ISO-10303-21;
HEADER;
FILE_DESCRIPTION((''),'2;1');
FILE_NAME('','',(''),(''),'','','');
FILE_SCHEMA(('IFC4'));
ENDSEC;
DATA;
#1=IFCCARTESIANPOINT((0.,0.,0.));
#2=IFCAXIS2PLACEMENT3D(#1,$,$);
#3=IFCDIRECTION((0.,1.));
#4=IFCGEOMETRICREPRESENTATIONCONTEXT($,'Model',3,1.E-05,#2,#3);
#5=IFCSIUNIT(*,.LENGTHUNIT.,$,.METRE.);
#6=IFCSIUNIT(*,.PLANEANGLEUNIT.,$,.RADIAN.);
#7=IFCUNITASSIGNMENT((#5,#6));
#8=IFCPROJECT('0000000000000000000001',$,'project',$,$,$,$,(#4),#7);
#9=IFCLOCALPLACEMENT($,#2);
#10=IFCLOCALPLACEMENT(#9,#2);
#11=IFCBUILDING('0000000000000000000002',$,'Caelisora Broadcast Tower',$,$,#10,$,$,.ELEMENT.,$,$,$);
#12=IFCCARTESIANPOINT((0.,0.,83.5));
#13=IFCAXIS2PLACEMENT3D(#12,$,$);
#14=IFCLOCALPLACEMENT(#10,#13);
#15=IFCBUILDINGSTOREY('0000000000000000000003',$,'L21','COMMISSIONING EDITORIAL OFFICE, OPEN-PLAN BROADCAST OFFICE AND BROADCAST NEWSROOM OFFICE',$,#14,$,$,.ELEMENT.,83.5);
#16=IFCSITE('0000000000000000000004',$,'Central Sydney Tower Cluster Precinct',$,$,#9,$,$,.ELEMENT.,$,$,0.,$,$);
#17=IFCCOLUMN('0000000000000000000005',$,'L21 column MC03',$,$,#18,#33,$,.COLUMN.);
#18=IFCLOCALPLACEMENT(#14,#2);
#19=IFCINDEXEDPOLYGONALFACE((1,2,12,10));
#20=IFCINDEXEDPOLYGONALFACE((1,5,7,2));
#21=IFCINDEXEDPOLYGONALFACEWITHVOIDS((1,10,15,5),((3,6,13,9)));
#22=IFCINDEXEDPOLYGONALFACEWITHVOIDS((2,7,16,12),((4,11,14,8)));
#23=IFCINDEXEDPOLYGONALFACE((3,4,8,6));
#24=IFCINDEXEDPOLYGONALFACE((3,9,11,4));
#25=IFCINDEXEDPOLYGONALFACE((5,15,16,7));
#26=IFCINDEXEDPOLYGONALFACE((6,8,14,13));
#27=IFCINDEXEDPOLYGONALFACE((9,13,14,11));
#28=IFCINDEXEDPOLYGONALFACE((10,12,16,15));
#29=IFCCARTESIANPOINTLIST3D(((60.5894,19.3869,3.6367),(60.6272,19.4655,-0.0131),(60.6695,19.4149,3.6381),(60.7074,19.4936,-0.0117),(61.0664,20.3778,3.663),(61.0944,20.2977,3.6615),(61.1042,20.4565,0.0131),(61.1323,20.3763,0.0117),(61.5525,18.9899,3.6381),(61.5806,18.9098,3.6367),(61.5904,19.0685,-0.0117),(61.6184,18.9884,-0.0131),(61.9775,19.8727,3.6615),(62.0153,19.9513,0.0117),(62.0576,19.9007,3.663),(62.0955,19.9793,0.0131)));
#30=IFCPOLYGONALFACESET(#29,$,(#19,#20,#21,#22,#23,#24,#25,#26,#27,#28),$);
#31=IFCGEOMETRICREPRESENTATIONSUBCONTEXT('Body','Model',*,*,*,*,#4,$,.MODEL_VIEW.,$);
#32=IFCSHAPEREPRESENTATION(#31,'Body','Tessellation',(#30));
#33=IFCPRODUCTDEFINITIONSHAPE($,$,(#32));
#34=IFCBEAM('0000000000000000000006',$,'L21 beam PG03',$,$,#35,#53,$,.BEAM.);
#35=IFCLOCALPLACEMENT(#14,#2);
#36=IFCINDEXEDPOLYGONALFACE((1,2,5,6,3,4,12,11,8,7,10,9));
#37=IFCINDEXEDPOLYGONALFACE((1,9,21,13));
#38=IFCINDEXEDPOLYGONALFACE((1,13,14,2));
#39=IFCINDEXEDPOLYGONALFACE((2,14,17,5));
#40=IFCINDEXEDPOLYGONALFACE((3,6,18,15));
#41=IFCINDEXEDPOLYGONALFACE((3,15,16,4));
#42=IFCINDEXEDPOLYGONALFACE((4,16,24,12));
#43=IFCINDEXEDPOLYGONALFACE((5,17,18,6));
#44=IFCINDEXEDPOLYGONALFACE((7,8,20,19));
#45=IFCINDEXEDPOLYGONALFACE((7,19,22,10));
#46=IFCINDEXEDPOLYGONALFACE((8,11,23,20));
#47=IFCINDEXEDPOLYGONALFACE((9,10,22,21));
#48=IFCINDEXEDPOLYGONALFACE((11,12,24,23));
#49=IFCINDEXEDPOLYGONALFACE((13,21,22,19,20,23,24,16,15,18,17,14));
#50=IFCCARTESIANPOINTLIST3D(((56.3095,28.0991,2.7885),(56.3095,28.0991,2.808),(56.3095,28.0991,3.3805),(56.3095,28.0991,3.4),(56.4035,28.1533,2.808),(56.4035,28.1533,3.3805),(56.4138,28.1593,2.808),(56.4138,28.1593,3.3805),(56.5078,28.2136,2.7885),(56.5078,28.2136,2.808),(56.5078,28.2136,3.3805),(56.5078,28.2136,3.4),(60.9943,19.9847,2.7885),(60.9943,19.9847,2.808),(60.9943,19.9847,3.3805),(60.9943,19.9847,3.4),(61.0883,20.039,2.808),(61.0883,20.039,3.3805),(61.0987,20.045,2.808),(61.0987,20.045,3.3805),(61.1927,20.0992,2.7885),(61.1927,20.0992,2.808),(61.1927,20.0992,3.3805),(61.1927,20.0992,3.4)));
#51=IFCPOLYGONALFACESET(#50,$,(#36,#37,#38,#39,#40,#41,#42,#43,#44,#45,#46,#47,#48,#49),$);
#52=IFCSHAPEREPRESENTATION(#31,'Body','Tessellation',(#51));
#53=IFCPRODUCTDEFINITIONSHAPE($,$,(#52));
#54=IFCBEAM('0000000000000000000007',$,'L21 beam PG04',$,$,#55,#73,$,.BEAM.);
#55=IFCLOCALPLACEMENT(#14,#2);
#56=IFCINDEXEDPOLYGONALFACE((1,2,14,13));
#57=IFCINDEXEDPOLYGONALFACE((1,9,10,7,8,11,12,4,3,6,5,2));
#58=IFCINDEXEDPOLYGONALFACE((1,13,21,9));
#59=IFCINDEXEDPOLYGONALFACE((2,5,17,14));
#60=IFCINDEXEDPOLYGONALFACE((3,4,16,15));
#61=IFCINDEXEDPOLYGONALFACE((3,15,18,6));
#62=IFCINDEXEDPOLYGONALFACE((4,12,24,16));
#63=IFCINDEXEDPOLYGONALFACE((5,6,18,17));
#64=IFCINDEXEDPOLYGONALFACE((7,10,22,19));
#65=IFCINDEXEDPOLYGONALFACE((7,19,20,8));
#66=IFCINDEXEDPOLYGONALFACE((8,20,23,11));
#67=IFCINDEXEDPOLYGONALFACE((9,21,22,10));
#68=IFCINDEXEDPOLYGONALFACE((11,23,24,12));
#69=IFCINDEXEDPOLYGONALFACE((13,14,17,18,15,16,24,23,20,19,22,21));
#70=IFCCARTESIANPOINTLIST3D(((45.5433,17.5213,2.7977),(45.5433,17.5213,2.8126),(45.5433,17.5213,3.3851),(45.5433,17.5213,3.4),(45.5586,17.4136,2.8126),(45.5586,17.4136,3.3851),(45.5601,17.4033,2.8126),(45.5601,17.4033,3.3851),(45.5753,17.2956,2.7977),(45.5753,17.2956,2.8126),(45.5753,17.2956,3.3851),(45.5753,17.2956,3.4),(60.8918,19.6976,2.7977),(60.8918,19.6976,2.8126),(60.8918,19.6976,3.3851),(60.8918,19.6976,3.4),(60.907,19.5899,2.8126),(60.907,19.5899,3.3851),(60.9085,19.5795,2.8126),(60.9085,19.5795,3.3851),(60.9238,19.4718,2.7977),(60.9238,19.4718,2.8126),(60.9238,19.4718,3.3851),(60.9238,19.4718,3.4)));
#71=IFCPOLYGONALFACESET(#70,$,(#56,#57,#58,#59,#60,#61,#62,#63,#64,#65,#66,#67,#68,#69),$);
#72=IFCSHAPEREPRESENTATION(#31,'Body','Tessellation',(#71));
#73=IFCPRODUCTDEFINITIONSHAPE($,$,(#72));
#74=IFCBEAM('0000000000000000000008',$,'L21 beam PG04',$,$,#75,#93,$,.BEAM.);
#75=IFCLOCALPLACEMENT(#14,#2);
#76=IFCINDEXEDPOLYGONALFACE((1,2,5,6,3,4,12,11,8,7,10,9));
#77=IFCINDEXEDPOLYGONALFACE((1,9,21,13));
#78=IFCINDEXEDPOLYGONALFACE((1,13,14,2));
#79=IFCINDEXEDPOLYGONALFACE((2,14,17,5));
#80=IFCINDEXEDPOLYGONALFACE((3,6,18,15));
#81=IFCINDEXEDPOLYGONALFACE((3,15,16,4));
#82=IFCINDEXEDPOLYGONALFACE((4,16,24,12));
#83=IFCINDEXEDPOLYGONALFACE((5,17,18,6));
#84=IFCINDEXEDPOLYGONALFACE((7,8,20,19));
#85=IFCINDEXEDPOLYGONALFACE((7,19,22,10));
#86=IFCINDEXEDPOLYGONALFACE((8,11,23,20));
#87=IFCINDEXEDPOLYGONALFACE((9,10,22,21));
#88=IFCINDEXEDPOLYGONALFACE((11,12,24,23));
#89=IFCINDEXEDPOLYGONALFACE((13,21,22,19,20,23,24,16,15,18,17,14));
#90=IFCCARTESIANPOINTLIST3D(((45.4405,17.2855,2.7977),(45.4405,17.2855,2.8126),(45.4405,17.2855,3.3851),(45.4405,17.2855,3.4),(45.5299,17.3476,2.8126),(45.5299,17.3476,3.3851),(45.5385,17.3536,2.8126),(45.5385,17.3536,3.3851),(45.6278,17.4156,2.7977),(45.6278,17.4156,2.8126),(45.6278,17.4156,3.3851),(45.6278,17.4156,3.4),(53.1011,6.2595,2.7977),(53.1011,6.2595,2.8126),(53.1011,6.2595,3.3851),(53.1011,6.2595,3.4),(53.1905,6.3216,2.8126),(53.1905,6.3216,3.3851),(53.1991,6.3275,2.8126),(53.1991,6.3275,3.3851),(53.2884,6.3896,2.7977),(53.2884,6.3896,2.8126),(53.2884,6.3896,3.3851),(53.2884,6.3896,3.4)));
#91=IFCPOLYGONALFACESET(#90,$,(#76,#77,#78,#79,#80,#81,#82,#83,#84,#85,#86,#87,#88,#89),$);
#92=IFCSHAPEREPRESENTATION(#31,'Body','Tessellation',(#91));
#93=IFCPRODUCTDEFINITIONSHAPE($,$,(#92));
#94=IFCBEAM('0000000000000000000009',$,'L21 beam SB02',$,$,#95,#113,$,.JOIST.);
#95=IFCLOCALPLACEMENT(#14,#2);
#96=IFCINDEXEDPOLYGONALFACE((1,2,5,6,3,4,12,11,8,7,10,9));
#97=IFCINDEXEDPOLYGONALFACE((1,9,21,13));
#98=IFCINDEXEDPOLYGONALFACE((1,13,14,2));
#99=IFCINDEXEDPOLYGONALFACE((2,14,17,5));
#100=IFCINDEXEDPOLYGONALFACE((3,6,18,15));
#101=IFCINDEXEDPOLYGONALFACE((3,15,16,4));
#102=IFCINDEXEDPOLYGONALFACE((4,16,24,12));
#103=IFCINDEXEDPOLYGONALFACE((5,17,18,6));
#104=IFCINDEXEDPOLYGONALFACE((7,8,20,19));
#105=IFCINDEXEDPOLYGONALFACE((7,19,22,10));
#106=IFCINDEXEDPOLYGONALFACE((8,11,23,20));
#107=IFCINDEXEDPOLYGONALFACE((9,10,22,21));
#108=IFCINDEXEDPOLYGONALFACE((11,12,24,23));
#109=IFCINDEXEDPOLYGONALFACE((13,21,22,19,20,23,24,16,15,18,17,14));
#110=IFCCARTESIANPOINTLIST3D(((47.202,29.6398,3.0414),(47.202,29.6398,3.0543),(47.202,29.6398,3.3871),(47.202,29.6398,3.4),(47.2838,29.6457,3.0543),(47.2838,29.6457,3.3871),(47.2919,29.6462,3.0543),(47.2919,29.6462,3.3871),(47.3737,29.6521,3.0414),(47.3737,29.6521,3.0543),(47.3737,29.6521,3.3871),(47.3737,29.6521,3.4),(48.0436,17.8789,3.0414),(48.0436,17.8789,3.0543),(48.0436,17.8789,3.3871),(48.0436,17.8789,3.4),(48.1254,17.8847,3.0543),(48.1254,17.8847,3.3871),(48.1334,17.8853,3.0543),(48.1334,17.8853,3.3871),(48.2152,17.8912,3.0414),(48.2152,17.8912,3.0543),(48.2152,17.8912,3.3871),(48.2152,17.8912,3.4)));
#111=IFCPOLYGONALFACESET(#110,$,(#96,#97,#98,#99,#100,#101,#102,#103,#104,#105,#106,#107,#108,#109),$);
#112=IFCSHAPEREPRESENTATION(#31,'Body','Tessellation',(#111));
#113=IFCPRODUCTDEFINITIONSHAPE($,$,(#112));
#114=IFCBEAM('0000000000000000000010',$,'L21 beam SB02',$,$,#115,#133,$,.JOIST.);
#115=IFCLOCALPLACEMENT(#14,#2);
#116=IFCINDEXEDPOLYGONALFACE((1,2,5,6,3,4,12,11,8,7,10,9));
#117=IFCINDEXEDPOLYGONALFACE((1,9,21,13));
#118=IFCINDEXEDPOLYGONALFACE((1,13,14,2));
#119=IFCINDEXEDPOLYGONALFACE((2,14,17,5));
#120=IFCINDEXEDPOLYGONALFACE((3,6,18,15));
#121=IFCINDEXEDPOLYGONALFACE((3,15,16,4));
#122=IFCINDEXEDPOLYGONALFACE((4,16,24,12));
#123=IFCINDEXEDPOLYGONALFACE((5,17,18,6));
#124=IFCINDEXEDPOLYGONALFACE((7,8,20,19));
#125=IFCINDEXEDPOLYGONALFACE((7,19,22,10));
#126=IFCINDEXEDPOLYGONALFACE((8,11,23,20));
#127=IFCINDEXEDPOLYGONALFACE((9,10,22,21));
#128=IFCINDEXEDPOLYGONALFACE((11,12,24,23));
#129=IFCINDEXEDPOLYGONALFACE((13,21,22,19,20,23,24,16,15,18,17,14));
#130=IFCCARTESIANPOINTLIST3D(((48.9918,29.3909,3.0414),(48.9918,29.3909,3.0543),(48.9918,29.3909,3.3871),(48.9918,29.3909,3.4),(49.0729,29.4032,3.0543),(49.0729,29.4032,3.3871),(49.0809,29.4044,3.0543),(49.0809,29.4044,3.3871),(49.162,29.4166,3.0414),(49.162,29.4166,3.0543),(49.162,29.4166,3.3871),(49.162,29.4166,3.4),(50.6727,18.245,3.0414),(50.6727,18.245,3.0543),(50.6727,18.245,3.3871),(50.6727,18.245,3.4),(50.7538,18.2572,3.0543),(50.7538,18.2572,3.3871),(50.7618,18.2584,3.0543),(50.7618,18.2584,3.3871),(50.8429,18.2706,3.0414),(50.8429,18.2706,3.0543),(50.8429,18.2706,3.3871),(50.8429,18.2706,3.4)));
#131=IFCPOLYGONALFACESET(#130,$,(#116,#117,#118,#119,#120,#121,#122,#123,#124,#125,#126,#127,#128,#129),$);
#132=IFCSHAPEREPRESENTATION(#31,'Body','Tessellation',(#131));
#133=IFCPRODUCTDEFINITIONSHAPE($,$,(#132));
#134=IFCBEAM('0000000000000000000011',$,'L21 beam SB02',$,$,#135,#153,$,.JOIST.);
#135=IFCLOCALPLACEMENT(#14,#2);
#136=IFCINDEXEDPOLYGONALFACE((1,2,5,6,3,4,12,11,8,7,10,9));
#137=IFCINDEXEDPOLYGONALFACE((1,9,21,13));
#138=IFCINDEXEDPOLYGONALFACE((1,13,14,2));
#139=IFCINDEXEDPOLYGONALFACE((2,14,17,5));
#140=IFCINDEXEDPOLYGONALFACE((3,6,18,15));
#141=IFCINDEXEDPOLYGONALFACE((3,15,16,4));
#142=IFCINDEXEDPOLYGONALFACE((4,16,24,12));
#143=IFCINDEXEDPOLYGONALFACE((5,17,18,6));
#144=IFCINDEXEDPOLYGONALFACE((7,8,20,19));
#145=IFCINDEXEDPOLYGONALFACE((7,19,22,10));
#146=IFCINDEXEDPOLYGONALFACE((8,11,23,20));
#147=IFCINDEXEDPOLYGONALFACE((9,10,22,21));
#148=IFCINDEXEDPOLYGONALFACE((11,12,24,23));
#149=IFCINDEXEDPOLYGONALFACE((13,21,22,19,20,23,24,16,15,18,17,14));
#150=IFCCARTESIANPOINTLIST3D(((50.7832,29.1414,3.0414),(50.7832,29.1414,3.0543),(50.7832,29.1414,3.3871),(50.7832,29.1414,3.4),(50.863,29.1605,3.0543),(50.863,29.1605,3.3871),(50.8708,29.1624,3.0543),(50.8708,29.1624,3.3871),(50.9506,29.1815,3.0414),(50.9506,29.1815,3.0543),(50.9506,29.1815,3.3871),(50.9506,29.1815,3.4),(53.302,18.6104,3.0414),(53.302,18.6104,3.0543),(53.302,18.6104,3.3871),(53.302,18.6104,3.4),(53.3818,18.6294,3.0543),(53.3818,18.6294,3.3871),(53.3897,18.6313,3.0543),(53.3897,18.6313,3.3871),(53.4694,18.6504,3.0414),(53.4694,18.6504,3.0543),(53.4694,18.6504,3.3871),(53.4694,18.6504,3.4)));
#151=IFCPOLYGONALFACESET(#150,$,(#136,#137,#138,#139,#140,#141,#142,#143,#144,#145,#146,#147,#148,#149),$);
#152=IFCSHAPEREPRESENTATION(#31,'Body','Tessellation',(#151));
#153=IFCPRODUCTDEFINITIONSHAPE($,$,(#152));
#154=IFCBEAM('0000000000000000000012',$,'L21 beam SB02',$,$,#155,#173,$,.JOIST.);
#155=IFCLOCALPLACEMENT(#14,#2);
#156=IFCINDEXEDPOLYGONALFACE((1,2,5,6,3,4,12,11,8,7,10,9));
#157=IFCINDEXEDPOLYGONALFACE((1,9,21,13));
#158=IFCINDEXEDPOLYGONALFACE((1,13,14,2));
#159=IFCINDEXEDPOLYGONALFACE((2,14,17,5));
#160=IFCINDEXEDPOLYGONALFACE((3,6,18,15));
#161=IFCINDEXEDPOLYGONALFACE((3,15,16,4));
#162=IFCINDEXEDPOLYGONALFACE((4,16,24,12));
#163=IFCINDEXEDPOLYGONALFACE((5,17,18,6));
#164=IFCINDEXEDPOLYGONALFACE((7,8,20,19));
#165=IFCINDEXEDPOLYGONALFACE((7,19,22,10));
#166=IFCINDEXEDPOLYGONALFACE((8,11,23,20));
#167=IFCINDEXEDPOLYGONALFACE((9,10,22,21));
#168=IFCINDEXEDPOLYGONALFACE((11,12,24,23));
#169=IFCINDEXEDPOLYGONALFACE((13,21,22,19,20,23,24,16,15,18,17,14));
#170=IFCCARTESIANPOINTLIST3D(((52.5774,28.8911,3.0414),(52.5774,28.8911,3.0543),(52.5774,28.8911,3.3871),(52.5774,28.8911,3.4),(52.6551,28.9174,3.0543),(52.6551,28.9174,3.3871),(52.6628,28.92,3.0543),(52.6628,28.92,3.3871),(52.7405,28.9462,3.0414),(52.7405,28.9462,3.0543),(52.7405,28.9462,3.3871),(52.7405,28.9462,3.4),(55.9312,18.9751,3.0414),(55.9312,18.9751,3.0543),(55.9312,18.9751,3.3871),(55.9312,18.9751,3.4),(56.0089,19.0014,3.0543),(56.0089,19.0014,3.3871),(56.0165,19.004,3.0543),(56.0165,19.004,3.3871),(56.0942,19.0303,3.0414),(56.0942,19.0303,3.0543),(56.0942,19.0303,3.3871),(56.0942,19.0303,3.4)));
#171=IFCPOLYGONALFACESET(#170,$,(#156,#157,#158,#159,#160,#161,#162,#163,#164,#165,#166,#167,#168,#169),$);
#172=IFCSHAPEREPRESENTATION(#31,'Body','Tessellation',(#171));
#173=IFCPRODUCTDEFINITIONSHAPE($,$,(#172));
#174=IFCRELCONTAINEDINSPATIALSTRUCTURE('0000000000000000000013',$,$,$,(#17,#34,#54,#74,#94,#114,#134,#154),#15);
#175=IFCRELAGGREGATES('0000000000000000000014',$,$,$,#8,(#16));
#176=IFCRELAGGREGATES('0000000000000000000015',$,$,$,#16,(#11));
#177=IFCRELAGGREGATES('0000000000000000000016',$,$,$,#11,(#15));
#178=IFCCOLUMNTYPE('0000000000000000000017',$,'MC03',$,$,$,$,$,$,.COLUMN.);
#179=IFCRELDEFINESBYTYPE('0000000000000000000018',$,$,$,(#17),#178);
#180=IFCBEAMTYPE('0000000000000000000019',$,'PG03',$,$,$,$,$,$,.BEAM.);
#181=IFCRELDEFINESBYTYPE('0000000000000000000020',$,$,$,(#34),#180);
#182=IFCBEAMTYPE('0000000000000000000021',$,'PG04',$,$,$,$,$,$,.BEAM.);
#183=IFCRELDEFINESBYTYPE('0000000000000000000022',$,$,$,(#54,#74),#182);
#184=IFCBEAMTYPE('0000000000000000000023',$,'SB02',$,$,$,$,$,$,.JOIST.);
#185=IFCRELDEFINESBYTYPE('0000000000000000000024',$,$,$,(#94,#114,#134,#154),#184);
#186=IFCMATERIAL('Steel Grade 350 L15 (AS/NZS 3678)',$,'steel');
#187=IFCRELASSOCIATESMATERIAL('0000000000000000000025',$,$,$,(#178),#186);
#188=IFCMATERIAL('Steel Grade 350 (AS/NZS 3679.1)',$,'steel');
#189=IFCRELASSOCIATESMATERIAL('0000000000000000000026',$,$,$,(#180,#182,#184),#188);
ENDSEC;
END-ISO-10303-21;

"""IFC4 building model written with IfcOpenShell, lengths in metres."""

from ifc_helpers import new_model, si_unit, direction, frame, origin, origin_2d, place, context, subcontext, project, spatial, hollow_rectangle, i_section, extrude, source, transform, mapped, material, material_profile, profile_set, type_object, type_shapes, element, save


model = new_model("IFC4")

# Units and contexts
model_context = context("Model", 3, precision=1e-05, world=origin(), true_north=direction((0.0, 1.0)))
body_context = subcontext(model_context, "Body", "Model", "MODEL_VIEW")
ifc_project = project(units=[si_unit("LENGTHUNIT", "METRE"), si_unit("PLANEANGLEUNIT", "RADIAN")], contexts=[model_context])

# Site, building, storey
site_placement = place(None, origin())
site = spatial("IfcSite", under=ifc_project, at=site_placement, Name="Central Sydney Tower Cluster Precinct", CompositionType="ELEMENT", RefElevation=0.0)
building_placement = place(site_placement, origin())
building = spatial("IfcBuilding", under=site, at=building_placement, Name="Caelisora Broadcast Tower", CompositionType="ELEMENT")
storey_placement = place(building_placement, frame((0.0, 0.0, 83.5)))
storey = spatial("IfcBuildingStorey", under=building, at=storey_placement, Name="L21", Description="COMMISSIONING EDITORIAL OFFICE, OPEN-PLAN BROADCAST OFFICE AND BROADCAST NEWSROOM OFFICE", CompositionType="ELEMENT", Elevation=83.5)

# Column
ifc_material_1 = material(Name="Steel Grade 350 L15 (AS/NZS 3678)", Category="steel")
ifc_material_profile_1 = material_profile(ifc_material_1, hollow_rectangle(XDim=1.1001, YDim=1.1001, WallThickness=0.0601, at=origin_2d()), Name="Steel Grade 350 L15 (AS/NZS 3678)")
ifc_profile_set_1 = profile_set([ifc_material_profile_1], Name="Steel Grade 350 L15 (AS/NZS 3678)")
column_type = type_object("IfcColumnType", Name="MC03", PredefinedType="COLUMN", material=ifc_profile_set_1)
shared_shape_1 = source(origin(), body_context, "Body", "SweptSolid", [
    extrude(hollow_rectangle(XDim=1.1001, YDim=1.1001, WallThickness=0.0601, at=origin_2d()), origin(), (0.0, 0.0, 1.0), 3.6509),
])
type_shapes(column_type, [shared_shape_1])
column_placement = place(storey_placement, frame((61.3613, 19.7224, 0.0), z_axis=(-0.010365, -0.021532, 0.999714), x_axis=(0.901042, -0.433731, 0.0)))
element("IfcColumn", 1, at=column_placement, inside=storey, type_object=column_type, Name="L21 column MC03", PredefinedType="COLUMN", context=body_context, shape_type="MappedRepresentation", body=[
    mapped(shared_shape_1, transform((0.0, 0.0, 0.0), scale=1.0)),
])

# Beams
ifc_material_2 = material(Name="Steel Grade 350 (AS/NZS 3679.1)", Category="steel")
ifc_material_profile_2 = material_profile(ifc_material_2, i_section(OverallWidth=0.229, OverallDepth=0.6116, WebThickness=0.012, FlangeThickness=0.0195, at=origin_2d()), Name="Steel Grade 350 (AS/NZS 3679.1)")
ifc_profile_set_2 = profile_set([ifc_material_profile_2], Name="Steel Grade 350 (AS/NZS 3679.1)")
beam_type_1 = type_object("IfcBeamType", Name="PG03", PredefinedType="BEAM", material=ifc_profile_set_2)
shared_shape_2 = source(origin(), body_context, "Body", "SweptSolid", [
    extrude(i_section(OverallWidth=0.229, OverallDepth=0.6116, WebThickness=0.012, FlangeThickness=0.0195, at=origin_2d()), origin(), (0.0, 0.0, 1.0), 9.3696),
])
type_shapes(beam_type_1, [shared_shape_2])
beam_1_placement = place(storey_placement, frame((61.0935, 20.042, 3.0942), z_axis=(-0.500004, 0.866023, 0.0), x_axis=(-0.866023, -0.500004, 0.0)))
element("IfcBeam", 2, at=beam_1_placement, inside=storey, type_object=beam_type_1, Name="L21 beam PG03", PredefinedType="BEAM", context=body_context, shape_type="MappedRepresentation", body=[
    mapped(shared_shape_2, transform((0.0, 0.0, 0.0), scale=1.0)),
])
ifc_material_profile_3 = material_profile(ifc_material_2, i_section(OverallWidth=0.228, OverallDepth=0.6023, WebThickness=0.0105, FlangeThickness=0.0149, at=origin_2d()), Name="Steel Grade 350 (AS/NZS 3679.1)")
ifc_profile_set_3 = profile_set([ifc_material_profile_3], Name="Steel Grade 350 (AS/NZS 3679.1)")
beam_type_2 = type_object("IfcBeamType", Name="PG04", PredefinedType="BEAM", material=ifc_profile_set_3)
shared_shape_3 = source(origin(), body_context, "Body", "SweptSolid", [
    extrude(i_section(OverallWidth=0.228, OverallDepth=0.6023, WebThickness=0.0105, FlangeThickness=0.0149, at=origin_2d()), origin(), (0.0, 0.0, 1.0), 15.502),
])
beam_2_placement = place(storey_placement, frame((45.5593, 17.4084, 3.0989), z_axis=(0.990097, 0.140387, 0.0), x_axis=(-0.140387, 0.990097, 0.0)))
element("IfcBeam", 3, at=beam_2_placement, inside=storey, type_object=beam_type_2, Name="L21 beam PG04", PredefinedType="BEAM", context=body_context, shape_type="MappedRepresentation", body=[
    mapped(shared_shape_3, transform((0.0, 0.0, 0.0), scale=1.0)),
])
shared_shape_4 = source(origin(), body_context, "Body", "SweptSolid", [
    extrude(i_section(OverallWidth=0.228, OverallDepth=0.6023, WebThickness=0.0105, FlangeThickness=0.0149, at=origin_2d()), origin(), (0.0, 0.0, 1.0), 13.426),
])
type_shapes(beam_type_2, [shared_shape_3, shared_shape_4])
beam_3_placement = place(storey_placement, frame((45.5342, 17.3506, 3.0989), z_axis=(0.570577, -0.821244, 0.0), x_axis=(0.821244, 0.570577, 0.0)))
element("IfcBeam", 4, at=beam_3_placement, inside=storey, type_object=beam_type_2, Name="L21 beam PG04", PredefinedType="BEAM", context=body_context, shape_type="MappedRepresentation", body=[
    mapped(shared_shape_4, transform((0.0, 0.0, 0.0), scale=1.0)),
])
ifc_material_profile_4 = material_profile(ifc_material_2, i_section(OverallWidth=0.1721, OverallDepth=0.3586, WebThickness=0.0081, FlangeThickness=0.0129, at=origin_2d()), Name="Steel Grade 350 (AS/NZS 3679.1)")
ifc_profile_set_4 = profile_set([ifc_material_profile_4], Name="Steel Grade 350 (AS/NZS 3679.1)")
beam_type_3 = type_object("IfcBeamType", Name="SB02", PredefinedType="JOIST", material=ifc_profile_set_4)
shared_shape_5 = source(origin(), body_context, "Body", "SweptSolid", [
    extrude(i_section(OverallWidth=0.1721, OverallDepth=0.3586, WebThickness=0.0081, FlangeThickness=0.0129, at=origin_2d()), origin(), (0.0, 0.0, 1.0), 11.791),
])
beam_4_placement = place(storey_placement, frame((48.1294, 17.885, 3.2207), z_axis=(-0.071372, 0.99745, 0.0), x_axis=(-0.99745, -0.071372, 0.0)))
element("IfcBeam", 5, at=beam_4_placement, inside=storey, type_object=beam_type_3, Name="L21 beam SB02", PredefinedType="JOIST", context=body_context, shape_type="MappedRepresentation", body=[
    mapped(shared_shape_5, transform((0.0, 0.0, 0.0), scale=1.0)),
])
shared_shape_6 = source(origin(), body_context, "Body", "SweptSolid", [
    extrude(i_section(OverallWidth=0.1721, OverallDepth=0.3586, WebThickness=0.0081, FlangeThickness=0.0129, at=origin_2d()), origin(), (0.0, 0.0, 1.0), 11.272),
])
beam_5_placement = place(storey_placement, frame((50.7578, 18.2578, 3.2207), z_axis=(-0.149122, 0.988819, 0.0), x_axis=(-0.988819, -0.149122, 0.0)))
element("IfcBeam", 6, at=beam_5_placement, inside=storey, type_object=beam_type_3, Name="L21 beam SB02", PredefinedType="JOIST", context=body_context, shape_type="MappedRepresentation", body=[
    mapped(shared_shape_6, transform((0.0, 0.0, 0.0), scale=1.0)),
])
shared_shape_7 = source(origin(), body_context, "Body", "SweptSolid", [
    extrude(i_section(OverallWidth=0.1721, OverallDepth=0.3586, WebThickness=0.0081, FlangeThickness=0.0129, at=origin_2d()), origin(), (0.0, 0.0, 1.0), 10.8281),
])
beam_6_placement = place(storey_placement, frame((53.3857, 18.6304, 3.2207), z_axis=(-0.232618, 0.972568, 0.0), x_axis=(-0.972568, -0.232618, 0.0)))
element("IfcBeam", 7, at=beam_6_placement, inside=storey, type_object=beam_type_3, Name="L21 beam SB02", PredefinedType="JOIST", context=body_context, shape_type="MappedRepresentation", body=[
    mapped(shared_shape_7, transform((0.0, 0.0, 0.0), scale=1.0)),
])
shared_shape_8 = source(origin(), body_context, "Body", "SweptSolid", [
    extrude(i_section(OverallWidth=0.1721, OverallDepth=0.3586, WebThickness=0.0081, FlangeThickness=0.0129, at=origin_2d()), origin(), (0.0, 0.0, 1.0), 10.4678),
])
beam_7_placement = place(storey_placement, frame((56.0127, 19.0027, 3.2207), z_axis=(-0.320388, 0.947286, 0.0), x_axis=(-0.947286, -0.320388, 0.0)))
element("IfcBeam", 8, at=beam_7_placement, inside=storey, type_object=beam_type_3, Name="L21 beam SB02", PredefinedType="JOIST", context=body_context, shape_type="MappedRepresentation", body=[
    mapped(shared_shape_8, transform((0.0, 0.0, 0.0), scale=1.0)),
])

save(model, "model.ifc")
